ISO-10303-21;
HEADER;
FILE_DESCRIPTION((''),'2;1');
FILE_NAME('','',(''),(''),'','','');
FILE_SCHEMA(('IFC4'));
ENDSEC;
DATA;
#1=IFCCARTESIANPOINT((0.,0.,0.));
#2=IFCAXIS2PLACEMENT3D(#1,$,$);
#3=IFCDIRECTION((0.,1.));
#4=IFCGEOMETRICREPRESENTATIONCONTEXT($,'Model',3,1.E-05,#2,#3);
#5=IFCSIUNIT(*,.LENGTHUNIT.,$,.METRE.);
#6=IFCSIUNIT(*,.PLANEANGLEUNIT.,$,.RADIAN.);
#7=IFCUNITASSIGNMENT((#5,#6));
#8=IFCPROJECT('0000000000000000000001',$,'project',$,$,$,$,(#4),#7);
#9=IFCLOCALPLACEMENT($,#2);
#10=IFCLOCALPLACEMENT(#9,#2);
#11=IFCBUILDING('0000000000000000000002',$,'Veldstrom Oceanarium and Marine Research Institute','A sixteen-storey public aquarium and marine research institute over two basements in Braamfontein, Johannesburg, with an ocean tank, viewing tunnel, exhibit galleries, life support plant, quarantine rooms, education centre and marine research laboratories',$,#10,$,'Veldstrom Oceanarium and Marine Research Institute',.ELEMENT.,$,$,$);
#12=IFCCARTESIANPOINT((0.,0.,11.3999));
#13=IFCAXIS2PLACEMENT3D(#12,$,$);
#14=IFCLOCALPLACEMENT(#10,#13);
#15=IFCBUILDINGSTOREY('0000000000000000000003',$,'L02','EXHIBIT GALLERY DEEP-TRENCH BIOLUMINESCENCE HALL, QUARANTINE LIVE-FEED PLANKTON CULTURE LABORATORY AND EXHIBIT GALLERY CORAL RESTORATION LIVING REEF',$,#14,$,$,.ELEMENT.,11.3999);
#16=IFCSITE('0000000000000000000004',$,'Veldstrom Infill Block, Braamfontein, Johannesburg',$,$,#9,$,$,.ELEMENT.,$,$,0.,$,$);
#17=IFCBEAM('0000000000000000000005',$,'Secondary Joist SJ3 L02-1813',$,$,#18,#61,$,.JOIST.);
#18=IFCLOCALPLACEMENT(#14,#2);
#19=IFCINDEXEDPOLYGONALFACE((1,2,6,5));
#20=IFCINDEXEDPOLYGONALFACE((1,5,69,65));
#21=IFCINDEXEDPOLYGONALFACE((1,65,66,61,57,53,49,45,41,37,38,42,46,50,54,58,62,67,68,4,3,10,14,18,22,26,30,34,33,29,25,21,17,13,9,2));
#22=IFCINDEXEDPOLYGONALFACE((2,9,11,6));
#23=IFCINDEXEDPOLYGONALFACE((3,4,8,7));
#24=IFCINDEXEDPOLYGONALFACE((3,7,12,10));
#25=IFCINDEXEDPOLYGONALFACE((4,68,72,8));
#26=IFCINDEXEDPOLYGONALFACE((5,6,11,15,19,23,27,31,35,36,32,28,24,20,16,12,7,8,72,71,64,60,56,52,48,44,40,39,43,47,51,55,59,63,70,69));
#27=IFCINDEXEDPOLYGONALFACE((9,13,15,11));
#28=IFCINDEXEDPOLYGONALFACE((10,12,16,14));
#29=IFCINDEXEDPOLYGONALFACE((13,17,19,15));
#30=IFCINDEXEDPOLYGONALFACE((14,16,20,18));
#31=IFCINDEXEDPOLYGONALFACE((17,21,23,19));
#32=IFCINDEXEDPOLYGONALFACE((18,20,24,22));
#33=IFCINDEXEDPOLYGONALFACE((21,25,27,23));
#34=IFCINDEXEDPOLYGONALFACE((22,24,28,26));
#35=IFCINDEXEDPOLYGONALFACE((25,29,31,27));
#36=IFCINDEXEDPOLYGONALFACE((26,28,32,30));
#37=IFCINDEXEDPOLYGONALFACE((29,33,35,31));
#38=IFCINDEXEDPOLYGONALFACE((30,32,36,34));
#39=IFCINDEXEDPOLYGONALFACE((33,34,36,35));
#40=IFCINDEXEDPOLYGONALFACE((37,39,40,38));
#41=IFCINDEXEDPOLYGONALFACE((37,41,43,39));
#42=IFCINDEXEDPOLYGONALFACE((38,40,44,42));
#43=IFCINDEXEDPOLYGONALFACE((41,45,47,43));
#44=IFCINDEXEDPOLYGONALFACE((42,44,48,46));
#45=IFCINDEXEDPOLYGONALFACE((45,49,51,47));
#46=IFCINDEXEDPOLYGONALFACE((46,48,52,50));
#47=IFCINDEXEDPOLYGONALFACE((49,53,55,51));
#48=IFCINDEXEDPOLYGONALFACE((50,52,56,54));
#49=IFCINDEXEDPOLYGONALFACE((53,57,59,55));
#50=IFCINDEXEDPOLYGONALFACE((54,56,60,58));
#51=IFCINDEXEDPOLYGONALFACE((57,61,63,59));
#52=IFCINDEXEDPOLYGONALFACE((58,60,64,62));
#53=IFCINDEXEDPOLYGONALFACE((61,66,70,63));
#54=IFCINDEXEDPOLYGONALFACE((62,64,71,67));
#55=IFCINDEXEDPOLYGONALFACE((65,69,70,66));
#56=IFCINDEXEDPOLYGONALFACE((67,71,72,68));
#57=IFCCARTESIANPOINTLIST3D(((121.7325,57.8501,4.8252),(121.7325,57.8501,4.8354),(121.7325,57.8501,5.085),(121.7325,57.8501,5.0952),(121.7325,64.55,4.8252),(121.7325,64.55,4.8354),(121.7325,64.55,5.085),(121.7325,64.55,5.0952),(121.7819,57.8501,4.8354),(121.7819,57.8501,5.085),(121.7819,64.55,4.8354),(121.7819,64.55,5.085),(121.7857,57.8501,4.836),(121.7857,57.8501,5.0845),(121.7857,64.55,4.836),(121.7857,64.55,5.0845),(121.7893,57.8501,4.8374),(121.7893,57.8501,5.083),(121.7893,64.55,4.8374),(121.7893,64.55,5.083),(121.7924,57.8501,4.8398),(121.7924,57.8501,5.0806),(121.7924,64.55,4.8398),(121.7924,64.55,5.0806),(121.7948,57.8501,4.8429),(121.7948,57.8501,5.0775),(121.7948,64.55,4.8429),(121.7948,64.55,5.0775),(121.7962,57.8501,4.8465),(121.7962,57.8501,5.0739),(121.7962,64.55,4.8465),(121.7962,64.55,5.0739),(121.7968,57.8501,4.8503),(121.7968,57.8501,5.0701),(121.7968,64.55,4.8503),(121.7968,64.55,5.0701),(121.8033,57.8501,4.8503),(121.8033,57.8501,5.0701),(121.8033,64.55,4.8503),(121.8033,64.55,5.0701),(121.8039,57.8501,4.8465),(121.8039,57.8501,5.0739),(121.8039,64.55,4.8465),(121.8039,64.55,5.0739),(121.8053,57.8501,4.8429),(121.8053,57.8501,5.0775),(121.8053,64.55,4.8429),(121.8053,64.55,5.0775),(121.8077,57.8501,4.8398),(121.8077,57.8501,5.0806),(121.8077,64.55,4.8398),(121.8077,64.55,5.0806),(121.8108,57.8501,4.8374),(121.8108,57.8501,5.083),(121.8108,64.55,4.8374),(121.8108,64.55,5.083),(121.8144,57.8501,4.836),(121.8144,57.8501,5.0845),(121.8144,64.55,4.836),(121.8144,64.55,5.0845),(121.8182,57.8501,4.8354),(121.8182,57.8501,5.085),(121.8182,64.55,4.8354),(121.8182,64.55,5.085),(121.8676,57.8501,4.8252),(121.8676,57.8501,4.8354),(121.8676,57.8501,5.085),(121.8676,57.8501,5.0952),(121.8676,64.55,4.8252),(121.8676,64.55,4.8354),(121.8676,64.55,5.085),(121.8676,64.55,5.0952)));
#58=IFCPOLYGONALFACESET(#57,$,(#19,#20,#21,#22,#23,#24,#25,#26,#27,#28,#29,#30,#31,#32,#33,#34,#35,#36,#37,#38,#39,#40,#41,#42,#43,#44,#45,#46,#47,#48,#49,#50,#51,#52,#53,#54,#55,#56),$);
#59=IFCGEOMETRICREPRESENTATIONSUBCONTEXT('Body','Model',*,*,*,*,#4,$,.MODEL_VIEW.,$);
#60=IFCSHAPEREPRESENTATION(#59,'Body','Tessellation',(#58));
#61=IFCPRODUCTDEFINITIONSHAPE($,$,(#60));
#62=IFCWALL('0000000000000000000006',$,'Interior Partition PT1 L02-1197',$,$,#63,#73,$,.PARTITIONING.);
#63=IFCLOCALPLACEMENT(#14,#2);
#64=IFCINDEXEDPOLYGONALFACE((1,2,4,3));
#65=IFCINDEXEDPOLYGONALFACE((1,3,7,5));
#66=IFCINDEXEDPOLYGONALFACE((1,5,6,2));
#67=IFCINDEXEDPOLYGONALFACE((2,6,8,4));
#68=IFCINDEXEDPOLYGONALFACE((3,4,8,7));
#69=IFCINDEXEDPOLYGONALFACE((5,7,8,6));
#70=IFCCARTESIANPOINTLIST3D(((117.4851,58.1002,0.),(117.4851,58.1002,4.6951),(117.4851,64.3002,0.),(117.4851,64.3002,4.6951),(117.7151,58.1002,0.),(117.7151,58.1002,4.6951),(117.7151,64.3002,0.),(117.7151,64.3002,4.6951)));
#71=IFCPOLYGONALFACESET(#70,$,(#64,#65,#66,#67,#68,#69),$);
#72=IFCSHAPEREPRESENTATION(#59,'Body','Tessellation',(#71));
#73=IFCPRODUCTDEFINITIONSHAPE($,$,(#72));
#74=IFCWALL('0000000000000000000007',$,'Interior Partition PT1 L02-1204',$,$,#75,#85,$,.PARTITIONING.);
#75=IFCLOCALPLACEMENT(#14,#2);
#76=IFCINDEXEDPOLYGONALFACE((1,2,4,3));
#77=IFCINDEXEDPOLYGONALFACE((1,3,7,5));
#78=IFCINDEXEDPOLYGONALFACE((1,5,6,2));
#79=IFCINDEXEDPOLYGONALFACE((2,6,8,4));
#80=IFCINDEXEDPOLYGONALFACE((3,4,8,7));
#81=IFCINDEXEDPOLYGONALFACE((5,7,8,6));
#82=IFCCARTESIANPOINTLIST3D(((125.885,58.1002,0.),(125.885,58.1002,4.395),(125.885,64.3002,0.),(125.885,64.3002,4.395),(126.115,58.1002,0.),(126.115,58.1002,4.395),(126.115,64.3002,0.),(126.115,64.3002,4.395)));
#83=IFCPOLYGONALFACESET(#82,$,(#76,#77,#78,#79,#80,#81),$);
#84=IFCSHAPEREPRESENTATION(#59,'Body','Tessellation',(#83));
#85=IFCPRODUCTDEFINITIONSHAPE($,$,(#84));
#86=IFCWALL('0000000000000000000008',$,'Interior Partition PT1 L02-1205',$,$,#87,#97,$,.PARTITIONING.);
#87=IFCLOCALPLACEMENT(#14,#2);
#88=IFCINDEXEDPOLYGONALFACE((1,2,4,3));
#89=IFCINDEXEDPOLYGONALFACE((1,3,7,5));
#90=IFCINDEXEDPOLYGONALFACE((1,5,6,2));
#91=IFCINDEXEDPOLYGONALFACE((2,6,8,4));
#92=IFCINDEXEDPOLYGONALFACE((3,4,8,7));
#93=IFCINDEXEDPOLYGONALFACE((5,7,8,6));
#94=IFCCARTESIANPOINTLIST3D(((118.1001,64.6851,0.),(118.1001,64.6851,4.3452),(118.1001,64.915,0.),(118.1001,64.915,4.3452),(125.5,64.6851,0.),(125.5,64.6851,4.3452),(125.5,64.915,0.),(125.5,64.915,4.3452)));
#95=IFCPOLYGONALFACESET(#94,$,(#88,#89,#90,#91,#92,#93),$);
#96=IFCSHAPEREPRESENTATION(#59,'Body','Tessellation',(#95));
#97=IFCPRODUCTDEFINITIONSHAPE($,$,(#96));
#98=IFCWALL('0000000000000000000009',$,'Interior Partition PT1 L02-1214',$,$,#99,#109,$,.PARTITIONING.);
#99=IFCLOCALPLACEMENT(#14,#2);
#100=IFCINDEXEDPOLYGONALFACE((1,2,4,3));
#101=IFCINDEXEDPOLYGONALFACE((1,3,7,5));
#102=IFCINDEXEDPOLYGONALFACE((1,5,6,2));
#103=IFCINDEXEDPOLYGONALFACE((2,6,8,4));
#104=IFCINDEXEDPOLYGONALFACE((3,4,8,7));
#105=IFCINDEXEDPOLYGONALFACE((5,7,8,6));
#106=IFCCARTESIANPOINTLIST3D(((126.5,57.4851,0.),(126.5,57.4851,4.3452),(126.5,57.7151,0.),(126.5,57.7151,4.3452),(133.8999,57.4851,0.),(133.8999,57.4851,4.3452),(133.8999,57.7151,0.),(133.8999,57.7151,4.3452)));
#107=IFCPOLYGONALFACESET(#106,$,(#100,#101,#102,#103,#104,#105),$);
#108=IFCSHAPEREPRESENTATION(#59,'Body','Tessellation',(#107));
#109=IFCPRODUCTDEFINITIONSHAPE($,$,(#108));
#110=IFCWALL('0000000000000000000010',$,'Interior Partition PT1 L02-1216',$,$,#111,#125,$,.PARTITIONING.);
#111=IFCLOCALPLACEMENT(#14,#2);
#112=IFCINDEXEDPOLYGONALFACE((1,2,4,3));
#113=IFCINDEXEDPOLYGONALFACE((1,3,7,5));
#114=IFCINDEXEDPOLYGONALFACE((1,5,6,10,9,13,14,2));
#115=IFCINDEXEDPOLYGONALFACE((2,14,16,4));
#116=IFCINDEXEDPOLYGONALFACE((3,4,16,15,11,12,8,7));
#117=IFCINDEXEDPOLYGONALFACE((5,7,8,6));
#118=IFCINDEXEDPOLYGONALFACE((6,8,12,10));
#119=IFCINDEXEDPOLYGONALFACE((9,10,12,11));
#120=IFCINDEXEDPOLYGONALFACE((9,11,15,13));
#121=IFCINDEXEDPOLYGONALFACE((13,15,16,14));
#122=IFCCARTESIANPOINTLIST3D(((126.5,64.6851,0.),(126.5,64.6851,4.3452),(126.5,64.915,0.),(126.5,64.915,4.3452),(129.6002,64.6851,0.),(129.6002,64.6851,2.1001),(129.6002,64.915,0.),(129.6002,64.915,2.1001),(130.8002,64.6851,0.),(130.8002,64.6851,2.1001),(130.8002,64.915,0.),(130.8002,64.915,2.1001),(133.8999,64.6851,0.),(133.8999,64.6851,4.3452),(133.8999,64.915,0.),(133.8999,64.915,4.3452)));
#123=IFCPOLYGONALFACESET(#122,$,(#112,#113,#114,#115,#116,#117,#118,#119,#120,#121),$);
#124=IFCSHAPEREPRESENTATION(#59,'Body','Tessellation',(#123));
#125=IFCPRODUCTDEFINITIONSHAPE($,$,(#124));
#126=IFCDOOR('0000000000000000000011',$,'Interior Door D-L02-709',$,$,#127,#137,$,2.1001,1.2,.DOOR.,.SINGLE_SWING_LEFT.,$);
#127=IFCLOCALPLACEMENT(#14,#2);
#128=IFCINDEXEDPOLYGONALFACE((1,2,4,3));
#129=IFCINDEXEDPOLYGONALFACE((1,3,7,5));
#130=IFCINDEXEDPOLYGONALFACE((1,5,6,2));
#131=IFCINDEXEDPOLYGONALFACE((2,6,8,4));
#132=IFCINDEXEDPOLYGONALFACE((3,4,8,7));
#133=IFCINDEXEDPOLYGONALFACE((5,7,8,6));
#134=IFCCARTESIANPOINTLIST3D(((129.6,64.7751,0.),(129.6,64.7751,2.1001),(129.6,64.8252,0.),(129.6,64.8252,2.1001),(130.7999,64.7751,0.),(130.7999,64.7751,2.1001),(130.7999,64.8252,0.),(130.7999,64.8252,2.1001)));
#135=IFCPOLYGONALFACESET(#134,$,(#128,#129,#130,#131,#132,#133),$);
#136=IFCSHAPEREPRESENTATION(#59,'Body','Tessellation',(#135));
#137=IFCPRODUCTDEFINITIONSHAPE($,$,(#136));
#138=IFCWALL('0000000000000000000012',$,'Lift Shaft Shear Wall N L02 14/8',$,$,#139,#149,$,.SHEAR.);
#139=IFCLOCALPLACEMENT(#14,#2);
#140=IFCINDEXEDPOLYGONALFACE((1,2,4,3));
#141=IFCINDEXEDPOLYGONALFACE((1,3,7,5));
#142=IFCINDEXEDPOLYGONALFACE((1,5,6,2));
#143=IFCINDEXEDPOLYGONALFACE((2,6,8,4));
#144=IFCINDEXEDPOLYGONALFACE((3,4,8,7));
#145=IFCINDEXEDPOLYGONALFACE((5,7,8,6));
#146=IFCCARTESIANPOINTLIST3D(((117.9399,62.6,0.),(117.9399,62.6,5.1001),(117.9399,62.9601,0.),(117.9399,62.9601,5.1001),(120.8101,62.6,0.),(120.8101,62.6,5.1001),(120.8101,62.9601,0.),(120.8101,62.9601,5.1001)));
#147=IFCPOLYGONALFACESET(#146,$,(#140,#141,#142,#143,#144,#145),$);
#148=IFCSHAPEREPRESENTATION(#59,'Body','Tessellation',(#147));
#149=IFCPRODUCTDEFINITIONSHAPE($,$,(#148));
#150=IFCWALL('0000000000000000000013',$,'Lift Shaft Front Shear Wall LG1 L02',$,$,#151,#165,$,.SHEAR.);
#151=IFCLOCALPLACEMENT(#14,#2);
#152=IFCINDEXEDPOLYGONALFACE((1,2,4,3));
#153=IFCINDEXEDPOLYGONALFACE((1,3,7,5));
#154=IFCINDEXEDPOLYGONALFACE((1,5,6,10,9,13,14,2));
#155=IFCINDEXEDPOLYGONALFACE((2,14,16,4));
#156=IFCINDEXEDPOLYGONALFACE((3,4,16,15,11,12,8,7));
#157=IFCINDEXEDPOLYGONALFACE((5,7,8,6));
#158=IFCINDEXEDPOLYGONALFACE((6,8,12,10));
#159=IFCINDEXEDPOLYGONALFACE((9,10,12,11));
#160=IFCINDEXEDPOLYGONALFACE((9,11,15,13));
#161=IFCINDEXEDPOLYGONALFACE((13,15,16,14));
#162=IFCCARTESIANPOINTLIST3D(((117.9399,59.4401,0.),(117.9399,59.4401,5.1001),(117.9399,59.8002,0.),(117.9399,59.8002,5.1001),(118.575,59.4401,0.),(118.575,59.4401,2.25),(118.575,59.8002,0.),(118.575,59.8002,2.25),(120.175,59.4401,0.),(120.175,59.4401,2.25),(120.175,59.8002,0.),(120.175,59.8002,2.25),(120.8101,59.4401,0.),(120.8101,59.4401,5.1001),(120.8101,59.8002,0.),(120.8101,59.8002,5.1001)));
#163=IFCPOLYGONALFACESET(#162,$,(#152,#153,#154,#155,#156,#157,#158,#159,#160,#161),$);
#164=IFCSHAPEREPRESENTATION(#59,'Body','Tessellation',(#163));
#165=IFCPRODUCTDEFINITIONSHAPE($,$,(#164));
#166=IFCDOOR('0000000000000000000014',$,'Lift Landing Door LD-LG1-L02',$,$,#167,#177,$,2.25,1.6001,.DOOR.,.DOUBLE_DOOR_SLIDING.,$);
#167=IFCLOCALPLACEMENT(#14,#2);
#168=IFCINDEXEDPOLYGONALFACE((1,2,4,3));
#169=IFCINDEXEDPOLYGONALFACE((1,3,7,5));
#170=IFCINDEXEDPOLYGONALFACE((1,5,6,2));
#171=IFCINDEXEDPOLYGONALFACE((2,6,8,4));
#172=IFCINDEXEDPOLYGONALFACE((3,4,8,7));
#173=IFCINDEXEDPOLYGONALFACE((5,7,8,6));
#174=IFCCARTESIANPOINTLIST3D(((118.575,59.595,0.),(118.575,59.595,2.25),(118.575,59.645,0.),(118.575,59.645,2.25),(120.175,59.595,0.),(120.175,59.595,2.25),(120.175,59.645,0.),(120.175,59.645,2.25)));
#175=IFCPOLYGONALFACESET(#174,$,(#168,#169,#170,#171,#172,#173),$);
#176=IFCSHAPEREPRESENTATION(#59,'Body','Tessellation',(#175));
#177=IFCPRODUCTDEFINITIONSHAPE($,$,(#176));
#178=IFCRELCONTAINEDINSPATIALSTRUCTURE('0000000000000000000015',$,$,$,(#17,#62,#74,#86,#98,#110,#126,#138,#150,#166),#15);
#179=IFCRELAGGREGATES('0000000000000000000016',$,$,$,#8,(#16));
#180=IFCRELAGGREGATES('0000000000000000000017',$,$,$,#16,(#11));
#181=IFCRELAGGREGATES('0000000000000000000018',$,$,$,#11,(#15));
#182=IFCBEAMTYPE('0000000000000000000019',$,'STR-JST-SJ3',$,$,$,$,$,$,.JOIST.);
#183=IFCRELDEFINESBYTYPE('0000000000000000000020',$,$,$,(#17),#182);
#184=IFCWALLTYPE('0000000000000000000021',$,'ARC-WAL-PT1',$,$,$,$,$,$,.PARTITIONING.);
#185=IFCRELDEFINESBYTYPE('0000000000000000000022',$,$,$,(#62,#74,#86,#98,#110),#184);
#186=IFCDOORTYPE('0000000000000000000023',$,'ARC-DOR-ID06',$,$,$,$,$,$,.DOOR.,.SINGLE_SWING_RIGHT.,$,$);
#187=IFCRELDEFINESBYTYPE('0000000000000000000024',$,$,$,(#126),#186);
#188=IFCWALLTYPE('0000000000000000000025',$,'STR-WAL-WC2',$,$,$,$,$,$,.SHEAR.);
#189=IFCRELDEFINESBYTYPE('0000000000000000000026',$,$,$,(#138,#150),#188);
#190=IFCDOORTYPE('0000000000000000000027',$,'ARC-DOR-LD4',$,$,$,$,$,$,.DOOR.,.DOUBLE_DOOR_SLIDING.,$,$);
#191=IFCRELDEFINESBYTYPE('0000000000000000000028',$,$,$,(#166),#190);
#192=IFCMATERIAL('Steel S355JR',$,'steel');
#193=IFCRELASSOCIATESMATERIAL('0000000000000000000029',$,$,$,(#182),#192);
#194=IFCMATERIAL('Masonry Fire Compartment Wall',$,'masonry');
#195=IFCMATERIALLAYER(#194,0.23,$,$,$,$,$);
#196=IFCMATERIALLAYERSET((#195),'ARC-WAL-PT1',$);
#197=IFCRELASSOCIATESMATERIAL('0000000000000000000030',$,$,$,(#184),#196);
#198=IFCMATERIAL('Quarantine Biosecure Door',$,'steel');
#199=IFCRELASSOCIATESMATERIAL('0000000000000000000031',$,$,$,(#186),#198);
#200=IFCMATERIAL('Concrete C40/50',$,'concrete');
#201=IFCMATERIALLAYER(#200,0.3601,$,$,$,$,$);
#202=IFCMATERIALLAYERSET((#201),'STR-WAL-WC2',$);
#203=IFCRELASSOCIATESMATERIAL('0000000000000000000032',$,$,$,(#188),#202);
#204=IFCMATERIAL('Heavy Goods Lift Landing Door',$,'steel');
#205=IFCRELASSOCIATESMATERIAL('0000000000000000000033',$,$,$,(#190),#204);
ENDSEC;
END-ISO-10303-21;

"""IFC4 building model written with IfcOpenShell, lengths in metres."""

from ifc_helpers import new_model, si_unit, direction, frame, frame_2d, origin, origin_2d, place, context, subcontext, project, spatial, rectangle, i_section, extrude, material, layer, layer_set, material_profile, profile_set, type_object, element, fill, save


model = new_model("IFC4")

# Units and contexts
model_context = context("Model", 3, precision=1e-05, world=origin(), true_north=direction((0.0, 1.0)))
body_context = subcontext(model_context, "Body", "Model", "MODEL_VIEW")
ifc_project = project(units=[si_unit("LENGTHUNIT", "METRE"), si_unit("PLANEANGLEUNIT", "RADIAN")], contexts=[model_context])

# Site, building, storey
site_placement = place(None, origin())
site = spatial("IfcSite", under=ifc_project, at=site_placement, Name="Veldstrom Infill Block, Braamfontein, Johannesburg", CompositionType="ELEMENT", RefElevation=0.0)
building_placement = place(site_placement, origin())
building = spatial("IfcBuilding", under=site, at=building_placement, Name="Veldstrom Oceanarium and Marine Research Institute", Description="A sixteen-storey public aquarium and marine research institute over two basements in Braamfontein, Johannesburg, with an ocean tank, viewing tunnel, exhibit galleries, life support plant, quarantine rooms, education centre and marine research laboratories", LongName="Veldstrom Oceanarium and Marine Research Institute", CompositionType="ELEMENT")
storey_placement = place(building_placement, frame((0.0, 0.0, 11.3999)))
storey = spatial("IfcBuildingStorey", under=building, at=storey_placement, Name="L02", Description="EXHIBIT GALLERY DEEP-TRENCH BIOLUMINESCENCE HALL, QUARANTINE LIVE-FEED PLANKTON CULTURE LABORATORY AND EXHIBIT GALLERY CORAL RESTORATION LIVING REEF", CompositionType="ELEMENT", Elevation=11.3999)

# Beam
ifc_material_1 = material(Name="Steel S355JR", Category="steel")
ifc_material_profile_1 = material_profile(ifc_material_1, i_section(OverallWidth=0.135, OverallDepth=0.27, WebThickness=0.0066, FlangeThickness=0.0103, FilletRadius=0.0149, at=origin_2d()), Name="IPE 270")
ifc_profile_set_1 = profile_set([ifc_material_profile_1], Name="Steel S355JR")
beam_type_1 = type_object("IfcBeamType", Name="STR-JST-SJ3", PredefinedType="JOIST", material=ifc_profile_set_1)
beam_1_placement = place(storey_placement, frame((121.8, 57.8501, 4.9602), z_axis=(0.0, 1.0, 0.0), x_axis=(-1.0, 0.0, 0.0)))
element("IfcBeam", 1, at=beam_1_placement, inside=storey, type_object=beam_type_1, Name="Secondary Joist SJ3 L02-1813", PredefinedType="JOIST", context=body_context, shape_type="SweptSolid", body=[
    extrude(i_section(OverallWidth=0.135, OverallDepth=0.27, WebThickness=0.0066, FlangeThickness=0.0103, FilletRadius=0.0149, at=origin_2d()), origin(), (0.0, 0.0, 1.0), 6.7),
])

# Wall
ifc_material_2 = material(Name="Masonry Fire Compartment Wall", Category="masonry")
ifc_layer_1 = layer(ifc_material_2, 0.23)
ifc_layer_set_1 = layer_set([ifc_layer_1], Name="ARC-WAL-PT1")
wall_type_1 = type_object("IfcWallType", Name="ARC-WAL-PT1", PredefinedType="PARTITIONING", material=ifc_layer_set_1)
wall_1_placement = place(storey_placement, frame((117.6001, 58.1001, 0.0), z_axis=(0.0, 0.0, 1.0), x_axis=(0.0, 1.0, 0.0)))
element("IfcWall", 2, at=wall_1_placement, inside=storey, type_object=wall_type_1, Name="Interior Partition PT1 L02-1197", PredefinedType="PARTITIONING", context=body_context, shape_type="SweptSolid", body=[
    extrude(rectangle(XDim=6.2, YDim=0.23, at=frame_2d((3.1001, 0.0))), origin(), (0.0, 0.0, 1.0), 4.6951),
])

# Walls
wall_2_placement = place(storey_placement, frame((126.0, 58.1001, 0.0), z_axis=(0.0, 0.0, 1.0), x_axis=(0.0, 1.0, 0.0)))
element("IfcWall", 3, at=wall_2_placement, inside=storey, type_object=wall_type_1, Name="Interior Partition PT1 L02-1204", PredefinedType="PARTITIONING", context=body_context, shape_type="SweptSolid", body=[
    extrude(rectangle(XDim=6.2, YDim=0.23, at=frame_2d((3.1001, 0.0))), origin(), (0.0, 0.0, 1.0), 4.395),
])
for number, where, z_axis, x_axis, name in (
    (4, (118.1001, 64.8, 0.0), (0.0, 0.0, 1.0), (1.0, 0.0, 0.0), "Interior Partition PT1 L02-1205"),
    (5, (126.5, 57.6001, 0.0), (0.0, 0.0, 1.0), (1.0, 0.0, 0.0), "Interior Partition PT1 L02-1214"),
):
    element("IfcWall", number, at=place(storey_placement, frame(where, z_axis=z_axis, x_axis=x_axis)), inside=storey, type_object=wall_type_1, Name=name, PredefinedType="PARTITIONING", context=body_context, shape_type="SweptSolid", body=[
        extrude(rectangle(XDim=7.3999, YDim=0.23, at=frame_2d((3.7, 0.0))), origin(), (0.0, 0.0, 1.0), 4.3452),
    ])

# Wall, opening, door
wall_3_placement = place(storey_placement, frame((126.5, 64.8, 0.0), z_axis=(0.0, 0.0, 1.0), x_axis=(1.0, 0.0, 0.0)))
wall_3 = element("IfcWall", 6, at=wall_3_placement, inside=storey, type_object=wall_type_1, Name="Interior Partition PT1 L02-1216", PredefinedType="PARTITIONING", context=body_context, shape_type="SweptSolid", body=[
    extrude(rectangle(XDim=7.3999, YDim=0.23, at=frame_2d((3.7, 0.0))), origin(), (0.0, 0.0, 1.0), 4.3452),
])
opening_1_placement = place(wall_3_placement, frame((3.1001, 0.0, 0.0)))
opening_1 = element("IfcOpeningElement", 7, at=opening_1_placement, cuts=wall_3, PredefinedType="OPENING", context=body_context, shape_type="SweptSolid", body=[
    extrude(rectangle(XDim=1.2, YDim=2.1001, at=frame_2d((0.6001, 1.05))), frame((0.0, 0.125, 0.0), z_axis=(0.0, -1.0, 0.0), x_axis=(1.0, 0.0, 0.0)), (0.0, 0.0, 1.0), 0.25),
])
ifc_material_3 = material(Name="Quarantine Biosecure Door", Category="steel")
door_type_1 = type_object("IfcDoorType", Name="ARC-DOR-ID06", OperationType="SINGLE_SWING_RIGHT", PredefinedType="DOOR", material=ifc_material_3)
door_1_placement = place(opening_1_placement, frame((1.2, 0.0, 0.0), z_axis=(0.0, 0.0, 1.0), x_axis=(-1.0, 0.0, 0.0)))
door_1 = element("IfcDoor", 8, at=door_1_placement, inside=storey, type_object=door_type_1, Name="Interior Door D-L02-709", OperationType="SINGLE_SWING_LEFT", OverallHeight=2.1001, OverallWidth=1.2, PredefinedType="DOOR", context=body_context, shape_type="SweptSolid", body=[
    extrude(rectangle(XDim=1.2, YDim=2.1001, at=frame_2d((0.6001, 1.05))), frame((0.0, 0.0249, 0.0), z_axis=(0.0, -1.0, 0.0), x_axis=(1.0, 0.0, 0.0)), (0.0, 0.0, 1.0), 0.05),
])
fill(opening_1, door_1)

# Wall
ifc_material_4 = material(Name="Concrete C40/50", Category="concrete")
ifc_layer_2 = layer(ifc_material_4, 0.3601)
ifc_layer_set_2 = layer_set([ifc_layer_2], Name="STR-WAL-WC2")
wall_type_2 = type_object("IfcWallType", Name="STR-WAL-WC2", PredefinedType="SHEAR", material=ifc_layer_set_2)
wall_4_placement = place(storey_placement, frame((117.9399, 62.78, 0.0), z_axis=(0.0, 0.0, 1.0), x_axis=(1.0, 0.0, 0.0)))
element("IfcWall", 9, at=wall_4_placement, inside=storey, type_object=wall_type_2, Name="Lift Shaft Shear Wall N L02 14/8", PredefinedType="SHEAR", context=body_context, shape_type="SweptSolid", body=[
    extrude(rectangle(XDim=2.8701, YDim=0.3601, at=frame_2d((1.4351, 0.0))), origin(), (0.0, 0.0, 1.0), 5.1001),
])

# Wall, opening, door
wall_5_placement = place(storey_placement, frame((117.9399, 59.6201, 0.0), z_axis=(0.0, 0.0, 1.0), x_axis=(1.0, 0.0, 0.0)))
wall_5 = element("IfcWall", 10, at=wall_5_placement, inside=storey, type_object=wall_type_2, Name="Lift Shaft Front Shear Wall LG1 L02", PredefinedType="SHEAR", context=body_context, shape_type="SweptSolid", body=[
    extrude(rectangle(XDim=2.8701, YDim=0.3601, at=frame_2d((1.4351, 0.0))), origin(), (0.0, 0.0, 1.0), 5.1001),
])
opening_2_placement = place(wall_5_placement, frame((0.635, 0.0, 0.0)))
opening_2 = element("IfcOpeningElement", 11, at=opening_2_placement, cuts=wall_5, PredefinedType="OPENING", context=body_context, shape_type="SweptSolid", body=[
    extrude(rectangle(XDim=1.6001, YDim=2.25, at=frame_2d((0.8, 1.125))), frame((0.0, 0.1899, 0.0), z_axis=(0.0, -1.0, 0.0), x_axis=(1.0, 0.0, 0.0)), (0.0, 0.0, 1.0), 0.3801),
])
ifc_material_5 = material(Name="Heavy Goods Lift Landing Door", Category="steel")
door_type_2 = type_object("IfcDoorType", Name="ARC-DOR-LD4", OperationType="DOUBLE_DOOR_SLIDING", PredefinedType="DOOR", material=ifc_material_5)
door_2_placement = place(opening_2_placement, origin())
door_2 = element("IfcDoor", 12, at=door_2_placement, inside=storey, type_object=door_type_2, Name="Lift Landing Door LD-LG1-L02", OperationType="DOUBLE_DOOR_SLIDING", OverallHeight=2.25, OverallWidth=1.6001, PredefinedType="DOOR", context=body_context, shape_type="SweptSolid", body=[
    extrude(rectangle(XDim=1.6001, YDim=2.25, at=frame_2d((0.8, 1.125))), frame((0.0, 0.0249, 0.0), z_axis=(0.0, -1.0, 0.0), x_axis=(1.0, 0.0, 0.0)), (0.0, 0.0, 1.0), 0.05),
])
fill(opening_2, door_2)

save(model, "model.ifc")
